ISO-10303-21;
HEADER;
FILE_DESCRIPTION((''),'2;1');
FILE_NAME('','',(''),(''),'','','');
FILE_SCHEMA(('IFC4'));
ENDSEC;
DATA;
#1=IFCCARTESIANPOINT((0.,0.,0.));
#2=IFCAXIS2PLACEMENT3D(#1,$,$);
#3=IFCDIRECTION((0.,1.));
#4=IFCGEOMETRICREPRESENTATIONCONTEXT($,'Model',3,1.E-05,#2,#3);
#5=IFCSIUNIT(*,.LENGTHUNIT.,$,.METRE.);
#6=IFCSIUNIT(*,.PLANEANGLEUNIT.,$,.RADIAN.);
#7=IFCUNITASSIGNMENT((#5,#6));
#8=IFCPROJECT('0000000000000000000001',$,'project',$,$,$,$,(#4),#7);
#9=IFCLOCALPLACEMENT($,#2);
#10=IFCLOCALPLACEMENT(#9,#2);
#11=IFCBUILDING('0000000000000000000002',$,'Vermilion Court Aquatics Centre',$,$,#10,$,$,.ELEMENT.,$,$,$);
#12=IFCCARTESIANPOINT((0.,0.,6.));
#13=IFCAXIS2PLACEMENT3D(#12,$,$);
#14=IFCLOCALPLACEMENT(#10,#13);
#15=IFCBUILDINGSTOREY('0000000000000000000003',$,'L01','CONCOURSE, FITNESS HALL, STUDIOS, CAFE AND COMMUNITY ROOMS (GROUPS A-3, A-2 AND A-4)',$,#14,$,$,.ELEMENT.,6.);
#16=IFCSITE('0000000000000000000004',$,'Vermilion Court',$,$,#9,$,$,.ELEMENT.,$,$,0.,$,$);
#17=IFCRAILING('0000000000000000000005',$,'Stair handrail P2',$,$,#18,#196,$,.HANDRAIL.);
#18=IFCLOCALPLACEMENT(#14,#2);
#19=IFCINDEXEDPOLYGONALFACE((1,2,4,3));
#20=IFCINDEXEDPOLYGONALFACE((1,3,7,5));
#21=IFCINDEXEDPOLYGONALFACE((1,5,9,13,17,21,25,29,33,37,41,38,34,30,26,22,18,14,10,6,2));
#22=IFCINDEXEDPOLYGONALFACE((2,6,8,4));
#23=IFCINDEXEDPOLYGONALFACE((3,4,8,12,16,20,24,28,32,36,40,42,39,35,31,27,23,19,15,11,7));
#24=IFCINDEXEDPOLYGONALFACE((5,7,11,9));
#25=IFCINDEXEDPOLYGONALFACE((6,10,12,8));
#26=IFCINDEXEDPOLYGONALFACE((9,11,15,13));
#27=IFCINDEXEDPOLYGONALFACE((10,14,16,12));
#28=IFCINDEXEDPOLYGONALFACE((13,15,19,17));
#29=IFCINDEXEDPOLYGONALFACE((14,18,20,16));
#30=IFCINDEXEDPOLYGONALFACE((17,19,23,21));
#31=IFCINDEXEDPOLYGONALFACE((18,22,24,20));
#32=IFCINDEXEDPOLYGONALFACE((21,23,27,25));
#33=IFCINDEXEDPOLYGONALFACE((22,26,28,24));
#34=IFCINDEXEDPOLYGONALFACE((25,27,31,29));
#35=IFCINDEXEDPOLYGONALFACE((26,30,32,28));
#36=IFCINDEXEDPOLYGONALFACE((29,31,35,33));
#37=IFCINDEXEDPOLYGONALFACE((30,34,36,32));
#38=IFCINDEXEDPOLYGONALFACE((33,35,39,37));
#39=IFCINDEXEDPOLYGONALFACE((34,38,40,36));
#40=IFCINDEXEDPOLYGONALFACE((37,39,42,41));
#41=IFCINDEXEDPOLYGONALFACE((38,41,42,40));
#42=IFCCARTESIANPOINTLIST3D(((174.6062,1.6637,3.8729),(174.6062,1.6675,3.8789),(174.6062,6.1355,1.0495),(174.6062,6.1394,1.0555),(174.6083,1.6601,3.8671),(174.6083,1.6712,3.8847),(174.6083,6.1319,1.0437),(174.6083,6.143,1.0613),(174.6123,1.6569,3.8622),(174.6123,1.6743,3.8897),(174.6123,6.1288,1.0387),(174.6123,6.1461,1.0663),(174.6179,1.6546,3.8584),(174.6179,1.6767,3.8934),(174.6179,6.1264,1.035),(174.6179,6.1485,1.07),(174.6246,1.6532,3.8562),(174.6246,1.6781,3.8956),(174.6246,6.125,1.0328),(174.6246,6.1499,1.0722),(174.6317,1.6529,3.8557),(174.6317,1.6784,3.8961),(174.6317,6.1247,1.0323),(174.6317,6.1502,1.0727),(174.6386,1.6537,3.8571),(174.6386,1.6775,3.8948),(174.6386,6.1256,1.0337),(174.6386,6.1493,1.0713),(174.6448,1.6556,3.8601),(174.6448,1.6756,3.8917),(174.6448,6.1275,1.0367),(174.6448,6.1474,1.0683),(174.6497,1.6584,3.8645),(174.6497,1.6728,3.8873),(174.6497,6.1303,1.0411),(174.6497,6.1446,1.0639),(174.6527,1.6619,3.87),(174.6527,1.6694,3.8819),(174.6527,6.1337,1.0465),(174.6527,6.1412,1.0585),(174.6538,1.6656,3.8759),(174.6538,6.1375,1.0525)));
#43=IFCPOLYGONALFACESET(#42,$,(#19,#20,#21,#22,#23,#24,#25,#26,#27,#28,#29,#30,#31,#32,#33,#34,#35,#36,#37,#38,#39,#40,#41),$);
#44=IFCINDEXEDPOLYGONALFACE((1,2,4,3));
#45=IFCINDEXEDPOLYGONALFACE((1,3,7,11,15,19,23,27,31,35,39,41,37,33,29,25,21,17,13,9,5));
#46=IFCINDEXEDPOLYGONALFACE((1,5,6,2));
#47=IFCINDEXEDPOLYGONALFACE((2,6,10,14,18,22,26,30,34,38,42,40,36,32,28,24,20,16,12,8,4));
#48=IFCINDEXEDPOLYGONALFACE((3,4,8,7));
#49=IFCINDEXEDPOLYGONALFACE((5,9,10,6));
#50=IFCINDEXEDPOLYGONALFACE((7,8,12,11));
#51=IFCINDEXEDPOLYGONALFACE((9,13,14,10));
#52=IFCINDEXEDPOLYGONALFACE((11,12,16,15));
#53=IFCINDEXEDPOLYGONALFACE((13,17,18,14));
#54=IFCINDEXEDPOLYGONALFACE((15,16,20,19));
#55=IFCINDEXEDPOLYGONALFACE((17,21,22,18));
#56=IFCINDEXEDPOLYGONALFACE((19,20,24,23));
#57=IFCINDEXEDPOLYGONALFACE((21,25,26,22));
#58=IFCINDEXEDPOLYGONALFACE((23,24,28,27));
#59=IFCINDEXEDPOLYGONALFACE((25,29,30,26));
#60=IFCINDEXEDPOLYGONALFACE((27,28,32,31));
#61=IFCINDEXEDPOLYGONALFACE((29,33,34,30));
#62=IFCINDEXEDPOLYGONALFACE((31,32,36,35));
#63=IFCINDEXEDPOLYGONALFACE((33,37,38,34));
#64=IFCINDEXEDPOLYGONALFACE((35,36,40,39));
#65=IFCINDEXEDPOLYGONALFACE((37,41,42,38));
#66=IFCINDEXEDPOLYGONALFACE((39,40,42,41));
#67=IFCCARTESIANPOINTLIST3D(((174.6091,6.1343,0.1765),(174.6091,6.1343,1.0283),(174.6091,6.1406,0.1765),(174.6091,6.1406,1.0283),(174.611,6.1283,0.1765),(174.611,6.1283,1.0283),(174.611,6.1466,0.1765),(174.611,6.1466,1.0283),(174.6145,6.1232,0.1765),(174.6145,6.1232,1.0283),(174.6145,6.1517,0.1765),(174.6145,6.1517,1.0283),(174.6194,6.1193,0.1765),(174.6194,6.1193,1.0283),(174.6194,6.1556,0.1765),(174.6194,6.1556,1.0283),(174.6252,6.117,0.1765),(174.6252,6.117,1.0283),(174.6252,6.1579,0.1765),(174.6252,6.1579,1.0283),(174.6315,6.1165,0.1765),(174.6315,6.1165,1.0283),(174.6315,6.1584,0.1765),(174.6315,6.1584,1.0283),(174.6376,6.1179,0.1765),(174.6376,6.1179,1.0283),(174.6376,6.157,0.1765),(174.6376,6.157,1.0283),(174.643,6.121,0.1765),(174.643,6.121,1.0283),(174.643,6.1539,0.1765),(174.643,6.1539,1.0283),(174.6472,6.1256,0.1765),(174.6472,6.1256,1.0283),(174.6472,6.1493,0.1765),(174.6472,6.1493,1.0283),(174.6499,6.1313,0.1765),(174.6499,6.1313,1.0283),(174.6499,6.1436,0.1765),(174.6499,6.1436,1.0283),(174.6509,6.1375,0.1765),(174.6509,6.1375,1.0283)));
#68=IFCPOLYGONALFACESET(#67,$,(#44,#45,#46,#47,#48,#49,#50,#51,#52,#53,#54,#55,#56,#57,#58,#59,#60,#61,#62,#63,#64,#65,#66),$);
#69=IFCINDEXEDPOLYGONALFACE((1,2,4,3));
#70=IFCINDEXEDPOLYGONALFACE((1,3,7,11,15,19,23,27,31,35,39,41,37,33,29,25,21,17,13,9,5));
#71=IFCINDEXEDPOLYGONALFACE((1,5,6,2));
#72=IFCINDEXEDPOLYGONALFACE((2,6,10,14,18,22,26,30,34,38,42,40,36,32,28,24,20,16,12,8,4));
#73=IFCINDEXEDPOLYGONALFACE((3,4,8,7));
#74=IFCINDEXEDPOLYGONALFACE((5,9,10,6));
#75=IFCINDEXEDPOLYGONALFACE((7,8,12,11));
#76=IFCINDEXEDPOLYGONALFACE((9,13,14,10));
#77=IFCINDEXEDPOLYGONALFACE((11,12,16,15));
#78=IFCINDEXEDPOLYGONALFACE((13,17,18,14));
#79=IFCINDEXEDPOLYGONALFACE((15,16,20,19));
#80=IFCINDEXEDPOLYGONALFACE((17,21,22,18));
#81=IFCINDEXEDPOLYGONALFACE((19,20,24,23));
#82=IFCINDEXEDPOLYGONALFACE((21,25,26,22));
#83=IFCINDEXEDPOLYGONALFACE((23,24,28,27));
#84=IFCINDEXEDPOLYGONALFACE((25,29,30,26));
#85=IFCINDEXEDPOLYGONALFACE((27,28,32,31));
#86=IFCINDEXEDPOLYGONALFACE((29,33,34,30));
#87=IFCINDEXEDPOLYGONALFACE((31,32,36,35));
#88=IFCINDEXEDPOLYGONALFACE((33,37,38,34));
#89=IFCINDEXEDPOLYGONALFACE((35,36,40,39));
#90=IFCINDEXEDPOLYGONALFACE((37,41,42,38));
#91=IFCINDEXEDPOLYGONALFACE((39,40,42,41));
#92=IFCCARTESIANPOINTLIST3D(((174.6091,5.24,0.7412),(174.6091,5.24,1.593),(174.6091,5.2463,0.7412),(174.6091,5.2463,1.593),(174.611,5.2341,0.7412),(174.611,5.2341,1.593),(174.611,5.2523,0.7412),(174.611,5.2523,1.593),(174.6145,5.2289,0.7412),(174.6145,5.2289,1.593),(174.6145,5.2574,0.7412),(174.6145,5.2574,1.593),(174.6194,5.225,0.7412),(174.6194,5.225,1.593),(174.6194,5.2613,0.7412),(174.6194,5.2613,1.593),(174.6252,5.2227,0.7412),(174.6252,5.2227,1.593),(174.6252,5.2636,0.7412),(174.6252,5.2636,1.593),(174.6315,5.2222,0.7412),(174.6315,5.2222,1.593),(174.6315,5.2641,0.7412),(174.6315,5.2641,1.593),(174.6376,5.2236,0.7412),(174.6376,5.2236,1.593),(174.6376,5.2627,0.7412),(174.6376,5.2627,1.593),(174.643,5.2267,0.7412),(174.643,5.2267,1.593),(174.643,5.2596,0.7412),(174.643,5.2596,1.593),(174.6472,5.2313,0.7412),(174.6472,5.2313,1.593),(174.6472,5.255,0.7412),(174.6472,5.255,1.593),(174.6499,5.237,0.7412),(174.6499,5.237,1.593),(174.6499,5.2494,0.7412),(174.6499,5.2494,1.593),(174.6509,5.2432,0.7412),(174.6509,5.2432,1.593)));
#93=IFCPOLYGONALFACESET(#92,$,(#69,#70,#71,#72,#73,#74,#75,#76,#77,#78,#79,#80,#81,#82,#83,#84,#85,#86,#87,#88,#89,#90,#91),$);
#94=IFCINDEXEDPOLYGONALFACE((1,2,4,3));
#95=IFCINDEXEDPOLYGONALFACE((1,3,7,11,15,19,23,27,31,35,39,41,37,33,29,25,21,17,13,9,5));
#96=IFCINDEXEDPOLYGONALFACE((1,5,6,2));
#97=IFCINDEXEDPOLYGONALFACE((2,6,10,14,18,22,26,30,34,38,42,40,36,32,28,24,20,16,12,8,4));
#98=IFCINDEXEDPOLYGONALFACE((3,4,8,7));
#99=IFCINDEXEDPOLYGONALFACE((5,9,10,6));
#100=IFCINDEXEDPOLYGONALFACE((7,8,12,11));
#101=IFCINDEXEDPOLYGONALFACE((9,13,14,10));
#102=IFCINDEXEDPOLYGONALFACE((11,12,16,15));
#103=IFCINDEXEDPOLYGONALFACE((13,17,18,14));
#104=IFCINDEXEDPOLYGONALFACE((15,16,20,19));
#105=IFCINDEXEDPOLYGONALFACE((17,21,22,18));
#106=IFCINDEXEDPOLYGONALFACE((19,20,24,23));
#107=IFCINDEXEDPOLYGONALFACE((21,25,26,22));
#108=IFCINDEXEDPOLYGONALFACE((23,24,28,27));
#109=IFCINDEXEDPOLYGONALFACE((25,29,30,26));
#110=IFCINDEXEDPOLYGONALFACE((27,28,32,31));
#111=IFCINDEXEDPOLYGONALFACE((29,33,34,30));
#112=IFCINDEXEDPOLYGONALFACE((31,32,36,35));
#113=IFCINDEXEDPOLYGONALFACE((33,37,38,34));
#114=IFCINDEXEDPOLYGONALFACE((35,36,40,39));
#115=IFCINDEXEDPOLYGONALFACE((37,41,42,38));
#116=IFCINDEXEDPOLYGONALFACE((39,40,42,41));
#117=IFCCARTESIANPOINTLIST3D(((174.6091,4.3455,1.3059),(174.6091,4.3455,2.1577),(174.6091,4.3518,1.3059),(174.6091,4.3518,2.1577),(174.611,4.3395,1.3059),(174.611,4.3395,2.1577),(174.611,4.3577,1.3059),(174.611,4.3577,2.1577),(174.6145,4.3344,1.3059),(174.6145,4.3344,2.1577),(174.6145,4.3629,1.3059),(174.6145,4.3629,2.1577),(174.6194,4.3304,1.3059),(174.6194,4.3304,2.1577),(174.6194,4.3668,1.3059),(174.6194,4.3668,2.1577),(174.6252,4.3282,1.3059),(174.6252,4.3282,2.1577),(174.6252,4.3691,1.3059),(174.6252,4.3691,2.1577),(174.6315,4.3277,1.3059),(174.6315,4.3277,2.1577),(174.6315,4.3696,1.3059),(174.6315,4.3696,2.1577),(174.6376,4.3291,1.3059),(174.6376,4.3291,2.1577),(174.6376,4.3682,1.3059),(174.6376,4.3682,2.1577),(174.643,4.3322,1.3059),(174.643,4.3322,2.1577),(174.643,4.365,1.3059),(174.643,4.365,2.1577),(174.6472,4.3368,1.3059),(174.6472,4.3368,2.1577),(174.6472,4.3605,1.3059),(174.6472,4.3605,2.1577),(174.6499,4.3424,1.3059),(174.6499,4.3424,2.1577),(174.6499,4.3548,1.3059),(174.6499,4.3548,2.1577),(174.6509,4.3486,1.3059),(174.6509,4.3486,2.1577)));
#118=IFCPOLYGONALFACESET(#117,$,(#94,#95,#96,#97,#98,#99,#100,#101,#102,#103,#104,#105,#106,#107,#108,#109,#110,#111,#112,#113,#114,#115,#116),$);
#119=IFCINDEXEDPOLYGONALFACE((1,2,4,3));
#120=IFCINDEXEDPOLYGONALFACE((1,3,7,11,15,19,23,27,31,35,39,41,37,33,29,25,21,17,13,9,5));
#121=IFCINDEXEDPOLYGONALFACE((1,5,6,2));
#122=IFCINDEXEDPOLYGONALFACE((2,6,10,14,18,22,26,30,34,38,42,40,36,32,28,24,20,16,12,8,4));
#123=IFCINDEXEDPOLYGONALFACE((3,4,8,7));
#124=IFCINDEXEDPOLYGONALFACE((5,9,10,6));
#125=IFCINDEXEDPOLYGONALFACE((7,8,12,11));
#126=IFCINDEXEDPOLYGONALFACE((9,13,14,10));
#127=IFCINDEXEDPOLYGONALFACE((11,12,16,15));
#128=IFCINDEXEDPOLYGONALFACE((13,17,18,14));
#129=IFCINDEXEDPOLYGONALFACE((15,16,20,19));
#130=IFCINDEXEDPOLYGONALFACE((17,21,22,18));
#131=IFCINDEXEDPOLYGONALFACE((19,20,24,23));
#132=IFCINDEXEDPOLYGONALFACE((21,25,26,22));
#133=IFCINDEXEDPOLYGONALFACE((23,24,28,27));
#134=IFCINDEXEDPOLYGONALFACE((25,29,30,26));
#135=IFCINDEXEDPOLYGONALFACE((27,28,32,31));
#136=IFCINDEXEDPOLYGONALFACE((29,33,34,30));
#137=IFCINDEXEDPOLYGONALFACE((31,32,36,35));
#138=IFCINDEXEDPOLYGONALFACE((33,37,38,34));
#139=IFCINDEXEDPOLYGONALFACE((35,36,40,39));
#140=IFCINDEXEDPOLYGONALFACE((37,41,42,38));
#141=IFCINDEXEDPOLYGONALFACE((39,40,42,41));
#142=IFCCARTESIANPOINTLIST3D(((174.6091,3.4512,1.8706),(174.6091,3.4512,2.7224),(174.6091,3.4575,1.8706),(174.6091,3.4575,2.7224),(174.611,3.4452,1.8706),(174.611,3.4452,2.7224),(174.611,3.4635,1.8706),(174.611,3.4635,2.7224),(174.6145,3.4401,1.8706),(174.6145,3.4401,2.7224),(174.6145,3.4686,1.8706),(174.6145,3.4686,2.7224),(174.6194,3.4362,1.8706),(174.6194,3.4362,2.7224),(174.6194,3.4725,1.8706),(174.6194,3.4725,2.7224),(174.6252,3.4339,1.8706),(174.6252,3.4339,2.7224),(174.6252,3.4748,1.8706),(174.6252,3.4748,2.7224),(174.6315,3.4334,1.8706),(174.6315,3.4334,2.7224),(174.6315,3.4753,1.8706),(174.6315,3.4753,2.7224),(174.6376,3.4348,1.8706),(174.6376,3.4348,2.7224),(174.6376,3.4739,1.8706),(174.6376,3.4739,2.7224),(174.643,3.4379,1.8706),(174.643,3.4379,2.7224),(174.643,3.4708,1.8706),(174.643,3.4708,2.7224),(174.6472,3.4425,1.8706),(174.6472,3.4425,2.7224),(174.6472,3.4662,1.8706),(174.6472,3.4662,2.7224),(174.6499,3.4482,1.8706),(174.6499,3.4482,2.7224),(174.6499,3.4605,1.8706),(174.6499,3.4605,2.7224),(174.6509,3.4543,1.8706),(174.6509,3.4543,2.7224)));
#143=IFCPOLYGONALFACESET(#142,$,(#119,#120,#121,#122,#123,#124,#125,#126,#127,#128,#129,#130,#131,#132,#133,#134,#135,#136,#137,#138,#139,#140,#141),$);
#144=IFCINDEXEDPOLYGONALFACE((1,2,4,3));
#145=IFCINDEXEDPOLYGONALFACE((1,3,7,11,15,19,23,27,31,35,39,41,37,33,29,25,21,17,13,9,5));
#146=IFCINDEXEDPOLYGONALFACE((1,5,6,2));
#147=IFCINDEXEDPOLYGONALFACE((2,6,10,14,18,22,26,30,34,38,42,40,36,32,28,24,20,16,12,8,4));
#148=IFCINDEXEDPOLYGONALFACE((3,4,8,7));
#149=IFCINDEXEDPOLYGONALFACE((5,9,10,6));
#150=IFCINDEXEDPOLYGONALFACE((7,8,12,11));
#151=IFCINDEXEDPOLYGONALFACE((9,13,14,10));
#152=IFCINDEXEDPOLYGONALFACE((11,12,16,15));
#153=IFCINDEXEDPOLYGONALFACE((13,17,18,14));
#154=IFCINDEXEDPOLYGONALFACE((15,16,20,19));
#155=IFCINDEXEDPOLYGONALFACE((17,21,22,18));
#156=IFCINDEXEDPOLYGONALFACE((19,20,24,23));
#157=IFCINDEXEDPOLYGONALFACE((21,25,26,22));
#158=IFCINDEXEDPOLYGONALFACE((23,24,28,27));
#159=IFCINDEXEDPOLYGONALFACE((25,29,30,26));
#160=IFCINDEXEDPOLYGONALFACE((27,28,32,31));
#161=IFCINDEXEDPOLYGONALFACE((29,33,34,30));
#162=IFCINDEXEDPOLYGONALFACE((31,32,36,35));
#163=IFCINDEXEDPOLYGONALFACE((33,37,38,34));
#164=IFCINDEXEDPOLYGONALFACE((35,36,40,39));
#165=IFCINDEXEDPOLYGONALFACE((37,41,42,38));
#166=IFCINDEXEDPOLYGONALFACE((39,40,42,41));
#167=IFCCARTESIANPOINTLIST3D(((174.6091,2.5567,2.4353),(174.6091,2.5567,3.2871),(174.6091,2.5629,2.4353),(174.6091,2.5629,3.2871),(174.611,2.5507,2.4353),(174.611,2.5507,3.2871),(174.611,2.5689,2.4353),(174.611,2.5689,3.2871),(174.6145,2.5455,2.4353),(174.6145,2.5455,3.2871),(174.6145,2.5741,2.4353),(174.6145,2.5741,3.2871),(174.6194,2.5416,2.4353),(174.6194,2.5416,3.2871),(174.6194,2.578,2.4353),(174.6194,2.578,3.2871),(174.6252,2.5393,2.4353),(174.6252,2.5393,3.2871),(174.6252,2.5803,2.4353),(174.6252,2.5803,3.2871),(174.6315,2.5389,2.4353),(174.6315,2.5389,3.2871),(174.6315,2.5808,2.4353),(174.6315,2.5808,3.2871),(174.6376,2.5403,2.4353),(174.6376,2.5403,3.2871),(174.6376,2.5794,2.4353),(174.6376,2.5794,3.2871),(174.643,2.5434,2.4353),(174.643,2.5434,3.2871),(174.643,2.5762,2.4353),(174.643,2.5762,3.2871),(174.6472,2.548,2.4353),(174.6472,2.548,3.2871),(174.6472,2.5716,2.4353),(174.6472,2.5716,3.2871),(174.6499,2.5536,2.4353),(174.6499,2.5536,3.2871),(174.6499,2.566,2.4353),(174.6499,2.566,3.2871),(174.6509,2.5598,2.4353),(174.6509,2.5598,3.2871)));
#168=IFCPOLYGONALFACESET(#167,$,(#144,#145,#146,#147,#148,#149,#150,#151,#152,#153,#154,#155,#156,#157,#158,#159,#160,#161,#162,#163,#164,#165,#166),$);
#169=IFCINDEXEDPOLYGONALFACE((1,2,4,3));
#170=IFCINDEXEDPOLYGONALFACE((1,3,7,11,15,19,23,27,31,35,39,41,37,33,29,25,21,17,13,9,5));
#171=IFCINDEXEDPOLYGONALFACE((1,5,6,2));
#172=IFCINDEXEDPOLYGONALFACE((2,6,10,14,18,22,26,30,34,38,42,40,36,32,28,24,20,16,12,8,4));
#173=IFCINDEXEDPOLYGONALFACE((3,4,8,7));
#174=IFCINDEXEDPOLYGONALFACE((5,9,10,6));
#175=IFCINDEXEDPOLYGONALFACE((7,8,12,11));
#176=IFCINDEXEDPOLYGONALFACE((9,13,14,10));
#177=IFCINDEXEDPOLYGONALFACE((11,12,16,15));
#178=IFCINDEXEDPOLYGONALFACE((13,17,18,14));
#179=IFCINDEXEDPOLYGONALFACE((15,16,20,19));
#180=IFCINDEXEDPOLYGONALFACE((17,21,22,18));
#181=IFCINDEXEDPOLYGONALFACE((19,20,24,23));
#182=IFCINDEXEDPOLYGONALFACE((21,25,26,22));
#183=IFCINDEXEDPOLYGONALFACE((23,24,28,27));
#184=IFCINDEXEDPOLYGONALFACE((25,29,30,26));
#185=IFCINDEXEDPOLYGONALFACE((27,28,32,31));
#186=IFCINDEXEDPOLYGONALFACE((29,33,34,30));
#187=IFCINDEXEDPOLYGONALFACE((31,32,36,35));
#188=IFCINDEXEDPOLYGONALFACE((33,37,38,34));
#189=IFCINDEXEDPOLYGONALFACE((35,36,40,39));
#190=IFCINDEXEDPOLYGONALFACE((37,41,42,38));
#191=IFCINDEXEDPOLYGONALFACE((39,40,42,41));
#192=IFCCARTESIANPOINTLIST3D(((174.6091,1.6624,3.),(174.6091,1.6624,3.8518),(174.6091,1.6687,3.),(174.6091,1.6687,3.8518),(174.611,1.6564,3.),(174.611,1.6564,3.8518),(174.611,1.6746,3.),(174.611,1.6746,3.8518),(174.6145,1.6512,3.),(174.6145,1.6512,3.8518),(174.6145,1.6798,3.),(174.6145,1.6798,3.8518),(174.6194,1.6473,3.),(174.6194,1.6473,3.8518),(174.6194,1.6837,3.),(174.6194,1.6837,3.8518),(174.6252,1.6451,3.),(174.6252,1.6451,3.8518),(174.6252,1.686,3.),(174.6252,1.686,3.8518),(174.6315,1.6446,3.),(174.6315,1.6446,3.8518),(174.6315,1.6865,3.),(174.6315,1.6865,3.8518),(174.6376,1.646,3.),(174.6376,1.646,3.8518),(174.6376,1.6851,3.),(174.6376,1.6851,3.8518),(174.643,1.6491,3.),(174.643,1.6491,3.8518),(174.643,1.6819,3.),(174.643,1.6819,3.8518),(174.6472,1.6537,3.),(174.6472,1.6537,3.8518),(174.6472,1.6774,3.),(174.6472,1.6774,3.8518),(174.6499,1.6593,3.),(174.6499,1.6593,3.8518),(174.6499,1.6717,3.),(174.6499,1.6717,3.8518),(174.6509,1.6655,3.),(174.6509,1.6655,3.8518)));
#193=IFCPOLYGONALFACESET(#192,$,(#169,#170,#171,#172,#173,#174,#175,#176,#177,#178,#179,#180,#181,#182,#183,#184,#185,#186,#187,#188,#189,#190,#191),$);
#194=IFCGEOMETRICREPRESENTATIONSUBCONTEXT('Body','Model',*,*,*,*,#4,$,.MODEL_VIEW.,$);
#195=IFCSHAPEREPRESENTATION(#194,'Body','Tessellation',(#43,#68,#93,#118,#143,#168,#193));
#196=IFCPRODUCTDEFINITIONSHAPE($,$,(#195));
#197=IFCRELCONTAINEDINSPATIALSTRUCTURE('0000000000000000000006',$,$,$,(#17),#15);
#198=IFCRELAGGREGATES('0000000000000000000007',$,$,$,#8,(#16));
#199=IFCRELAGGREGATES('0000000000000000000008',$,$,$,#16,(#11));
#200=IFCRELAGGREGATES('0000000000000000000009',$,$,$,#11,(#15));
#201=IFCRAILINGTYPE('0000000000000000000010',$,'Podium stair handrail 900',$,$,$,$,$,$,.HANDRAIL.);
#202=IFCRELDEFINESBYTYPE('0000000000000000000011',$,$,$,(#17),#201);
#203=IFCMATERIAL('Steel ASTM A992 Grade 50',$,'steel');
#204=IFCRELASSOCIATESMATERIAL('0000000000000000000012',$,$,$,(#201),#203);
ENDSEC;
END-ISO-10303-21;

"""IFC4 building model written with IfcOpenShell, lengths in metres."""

from ifc_helpers import new_model, si_unit, direction, frame, origin, origin_2d, place, context, subcontext, project, spatial, circle, extrude, material, type_object, element, save


model = new_model("IFC4")

# Units and contexts
model_context = context("Model", 3, precision=1e-05, world=origin(), true_north=direction((0.0, 1.0)))
body_context = subcontext(model_context, "Body", "Model", "MODEL_VIEW")
ifc_project = project(units=[si_unit("LENGTHUNIT", "METRE"), si_unit("PLANEANGLEUNIT", "RADIAN")], contexts=[model_context])

# Site, building, storey
site_placement = place(None, origin())
site = spatial("IfcSite", under=ifc_project, at=site_placement, Name="Vermilion Court", CompositionType="ELEMENT", RefElevation=0.0)
building_placement = place(site_placement, origin())
building = spatial("IfcBuilding", under=site, at=building_placement, Name="Vermilion Court Aquatics Centre", CompositionType="ELEMENT")
storey_placement = place(building_placement, frame((0.0, 0.0, 6.0)))
storey = spatial("IfcBuildingStorey", under=building, at=storey_placement, Name="L01", Description="CONCOURSE, FITNESS HALL, STUDIOS, CAFE AND COMMUNITY ROOMS (GROUPS A-3, A-2 AND A-4)", CompositionType="ELEMENT", Elevation=6.0)

# Railing
ifc_material_1 = material(Name="Steel ASTM A992 Grade 50", Category="steel")
railing_type_1 = type_object("IfcRailingType", Name="Podium stair handrail 900", PredefinedType="HANDRAIL", material=ifc_material_1)
for number, where, name in (
    (1, (174.6299, 6.1375, 0.1765), "Stair handrail P2"),
):
    element("IfcRailing", number, at=place(storey_placement, frame(where)), inside=storey, type_object=railing_type_1, Name=name, PredefinedType="HANDRAIL", context=body_context, shape_type="SweptSolid", body=[
        extrude(circle(Radius=0.0239, at=origin_2d()), frame((0.0, 0.0, 0.876), z_axis=(0.0, -0.845565, 0.533873), x_axis=(1.0, 0.0, 0.0)), (0.0, 0.0, 1.0), 5.2886),
        extrude(circle(Radius=0.021, at=origin_2d()), origin(), (0.0, 0.0, 1.0), 0.8518),
        extrude(circle(Radius=0.021, at=origin_2d()), frame((0.0, -0.8943, 0.5647)), (0.0, 0.0, 1.0), 0.8518),
        extrude(circle(Radius=0.021, at=origin_2d()), frame((0.0, -1.7888, 1.1294)), (0.0, 0.0, 1.0), 0.8518),
        extrude(circle(Radius=0.021, at=origin_2d()), frame((0.0, -2.6831, 1.6941)), (0.0, 0.0, 1.0), 0.8518),
        extrude(circle(Radius=0.021, at=origin_2d()), frame((0.0, -3.5776, 2.2588)), (0.0, 0.0, 1.0), 0.8518),
        extrude(circle(Radius=0.021, at=origin_2d()), frame((0.0, -4.4719, 2.8235)), (0.0, 0.0, 1.0), 0.8518),
    ])

save(model, "model.ifc")
